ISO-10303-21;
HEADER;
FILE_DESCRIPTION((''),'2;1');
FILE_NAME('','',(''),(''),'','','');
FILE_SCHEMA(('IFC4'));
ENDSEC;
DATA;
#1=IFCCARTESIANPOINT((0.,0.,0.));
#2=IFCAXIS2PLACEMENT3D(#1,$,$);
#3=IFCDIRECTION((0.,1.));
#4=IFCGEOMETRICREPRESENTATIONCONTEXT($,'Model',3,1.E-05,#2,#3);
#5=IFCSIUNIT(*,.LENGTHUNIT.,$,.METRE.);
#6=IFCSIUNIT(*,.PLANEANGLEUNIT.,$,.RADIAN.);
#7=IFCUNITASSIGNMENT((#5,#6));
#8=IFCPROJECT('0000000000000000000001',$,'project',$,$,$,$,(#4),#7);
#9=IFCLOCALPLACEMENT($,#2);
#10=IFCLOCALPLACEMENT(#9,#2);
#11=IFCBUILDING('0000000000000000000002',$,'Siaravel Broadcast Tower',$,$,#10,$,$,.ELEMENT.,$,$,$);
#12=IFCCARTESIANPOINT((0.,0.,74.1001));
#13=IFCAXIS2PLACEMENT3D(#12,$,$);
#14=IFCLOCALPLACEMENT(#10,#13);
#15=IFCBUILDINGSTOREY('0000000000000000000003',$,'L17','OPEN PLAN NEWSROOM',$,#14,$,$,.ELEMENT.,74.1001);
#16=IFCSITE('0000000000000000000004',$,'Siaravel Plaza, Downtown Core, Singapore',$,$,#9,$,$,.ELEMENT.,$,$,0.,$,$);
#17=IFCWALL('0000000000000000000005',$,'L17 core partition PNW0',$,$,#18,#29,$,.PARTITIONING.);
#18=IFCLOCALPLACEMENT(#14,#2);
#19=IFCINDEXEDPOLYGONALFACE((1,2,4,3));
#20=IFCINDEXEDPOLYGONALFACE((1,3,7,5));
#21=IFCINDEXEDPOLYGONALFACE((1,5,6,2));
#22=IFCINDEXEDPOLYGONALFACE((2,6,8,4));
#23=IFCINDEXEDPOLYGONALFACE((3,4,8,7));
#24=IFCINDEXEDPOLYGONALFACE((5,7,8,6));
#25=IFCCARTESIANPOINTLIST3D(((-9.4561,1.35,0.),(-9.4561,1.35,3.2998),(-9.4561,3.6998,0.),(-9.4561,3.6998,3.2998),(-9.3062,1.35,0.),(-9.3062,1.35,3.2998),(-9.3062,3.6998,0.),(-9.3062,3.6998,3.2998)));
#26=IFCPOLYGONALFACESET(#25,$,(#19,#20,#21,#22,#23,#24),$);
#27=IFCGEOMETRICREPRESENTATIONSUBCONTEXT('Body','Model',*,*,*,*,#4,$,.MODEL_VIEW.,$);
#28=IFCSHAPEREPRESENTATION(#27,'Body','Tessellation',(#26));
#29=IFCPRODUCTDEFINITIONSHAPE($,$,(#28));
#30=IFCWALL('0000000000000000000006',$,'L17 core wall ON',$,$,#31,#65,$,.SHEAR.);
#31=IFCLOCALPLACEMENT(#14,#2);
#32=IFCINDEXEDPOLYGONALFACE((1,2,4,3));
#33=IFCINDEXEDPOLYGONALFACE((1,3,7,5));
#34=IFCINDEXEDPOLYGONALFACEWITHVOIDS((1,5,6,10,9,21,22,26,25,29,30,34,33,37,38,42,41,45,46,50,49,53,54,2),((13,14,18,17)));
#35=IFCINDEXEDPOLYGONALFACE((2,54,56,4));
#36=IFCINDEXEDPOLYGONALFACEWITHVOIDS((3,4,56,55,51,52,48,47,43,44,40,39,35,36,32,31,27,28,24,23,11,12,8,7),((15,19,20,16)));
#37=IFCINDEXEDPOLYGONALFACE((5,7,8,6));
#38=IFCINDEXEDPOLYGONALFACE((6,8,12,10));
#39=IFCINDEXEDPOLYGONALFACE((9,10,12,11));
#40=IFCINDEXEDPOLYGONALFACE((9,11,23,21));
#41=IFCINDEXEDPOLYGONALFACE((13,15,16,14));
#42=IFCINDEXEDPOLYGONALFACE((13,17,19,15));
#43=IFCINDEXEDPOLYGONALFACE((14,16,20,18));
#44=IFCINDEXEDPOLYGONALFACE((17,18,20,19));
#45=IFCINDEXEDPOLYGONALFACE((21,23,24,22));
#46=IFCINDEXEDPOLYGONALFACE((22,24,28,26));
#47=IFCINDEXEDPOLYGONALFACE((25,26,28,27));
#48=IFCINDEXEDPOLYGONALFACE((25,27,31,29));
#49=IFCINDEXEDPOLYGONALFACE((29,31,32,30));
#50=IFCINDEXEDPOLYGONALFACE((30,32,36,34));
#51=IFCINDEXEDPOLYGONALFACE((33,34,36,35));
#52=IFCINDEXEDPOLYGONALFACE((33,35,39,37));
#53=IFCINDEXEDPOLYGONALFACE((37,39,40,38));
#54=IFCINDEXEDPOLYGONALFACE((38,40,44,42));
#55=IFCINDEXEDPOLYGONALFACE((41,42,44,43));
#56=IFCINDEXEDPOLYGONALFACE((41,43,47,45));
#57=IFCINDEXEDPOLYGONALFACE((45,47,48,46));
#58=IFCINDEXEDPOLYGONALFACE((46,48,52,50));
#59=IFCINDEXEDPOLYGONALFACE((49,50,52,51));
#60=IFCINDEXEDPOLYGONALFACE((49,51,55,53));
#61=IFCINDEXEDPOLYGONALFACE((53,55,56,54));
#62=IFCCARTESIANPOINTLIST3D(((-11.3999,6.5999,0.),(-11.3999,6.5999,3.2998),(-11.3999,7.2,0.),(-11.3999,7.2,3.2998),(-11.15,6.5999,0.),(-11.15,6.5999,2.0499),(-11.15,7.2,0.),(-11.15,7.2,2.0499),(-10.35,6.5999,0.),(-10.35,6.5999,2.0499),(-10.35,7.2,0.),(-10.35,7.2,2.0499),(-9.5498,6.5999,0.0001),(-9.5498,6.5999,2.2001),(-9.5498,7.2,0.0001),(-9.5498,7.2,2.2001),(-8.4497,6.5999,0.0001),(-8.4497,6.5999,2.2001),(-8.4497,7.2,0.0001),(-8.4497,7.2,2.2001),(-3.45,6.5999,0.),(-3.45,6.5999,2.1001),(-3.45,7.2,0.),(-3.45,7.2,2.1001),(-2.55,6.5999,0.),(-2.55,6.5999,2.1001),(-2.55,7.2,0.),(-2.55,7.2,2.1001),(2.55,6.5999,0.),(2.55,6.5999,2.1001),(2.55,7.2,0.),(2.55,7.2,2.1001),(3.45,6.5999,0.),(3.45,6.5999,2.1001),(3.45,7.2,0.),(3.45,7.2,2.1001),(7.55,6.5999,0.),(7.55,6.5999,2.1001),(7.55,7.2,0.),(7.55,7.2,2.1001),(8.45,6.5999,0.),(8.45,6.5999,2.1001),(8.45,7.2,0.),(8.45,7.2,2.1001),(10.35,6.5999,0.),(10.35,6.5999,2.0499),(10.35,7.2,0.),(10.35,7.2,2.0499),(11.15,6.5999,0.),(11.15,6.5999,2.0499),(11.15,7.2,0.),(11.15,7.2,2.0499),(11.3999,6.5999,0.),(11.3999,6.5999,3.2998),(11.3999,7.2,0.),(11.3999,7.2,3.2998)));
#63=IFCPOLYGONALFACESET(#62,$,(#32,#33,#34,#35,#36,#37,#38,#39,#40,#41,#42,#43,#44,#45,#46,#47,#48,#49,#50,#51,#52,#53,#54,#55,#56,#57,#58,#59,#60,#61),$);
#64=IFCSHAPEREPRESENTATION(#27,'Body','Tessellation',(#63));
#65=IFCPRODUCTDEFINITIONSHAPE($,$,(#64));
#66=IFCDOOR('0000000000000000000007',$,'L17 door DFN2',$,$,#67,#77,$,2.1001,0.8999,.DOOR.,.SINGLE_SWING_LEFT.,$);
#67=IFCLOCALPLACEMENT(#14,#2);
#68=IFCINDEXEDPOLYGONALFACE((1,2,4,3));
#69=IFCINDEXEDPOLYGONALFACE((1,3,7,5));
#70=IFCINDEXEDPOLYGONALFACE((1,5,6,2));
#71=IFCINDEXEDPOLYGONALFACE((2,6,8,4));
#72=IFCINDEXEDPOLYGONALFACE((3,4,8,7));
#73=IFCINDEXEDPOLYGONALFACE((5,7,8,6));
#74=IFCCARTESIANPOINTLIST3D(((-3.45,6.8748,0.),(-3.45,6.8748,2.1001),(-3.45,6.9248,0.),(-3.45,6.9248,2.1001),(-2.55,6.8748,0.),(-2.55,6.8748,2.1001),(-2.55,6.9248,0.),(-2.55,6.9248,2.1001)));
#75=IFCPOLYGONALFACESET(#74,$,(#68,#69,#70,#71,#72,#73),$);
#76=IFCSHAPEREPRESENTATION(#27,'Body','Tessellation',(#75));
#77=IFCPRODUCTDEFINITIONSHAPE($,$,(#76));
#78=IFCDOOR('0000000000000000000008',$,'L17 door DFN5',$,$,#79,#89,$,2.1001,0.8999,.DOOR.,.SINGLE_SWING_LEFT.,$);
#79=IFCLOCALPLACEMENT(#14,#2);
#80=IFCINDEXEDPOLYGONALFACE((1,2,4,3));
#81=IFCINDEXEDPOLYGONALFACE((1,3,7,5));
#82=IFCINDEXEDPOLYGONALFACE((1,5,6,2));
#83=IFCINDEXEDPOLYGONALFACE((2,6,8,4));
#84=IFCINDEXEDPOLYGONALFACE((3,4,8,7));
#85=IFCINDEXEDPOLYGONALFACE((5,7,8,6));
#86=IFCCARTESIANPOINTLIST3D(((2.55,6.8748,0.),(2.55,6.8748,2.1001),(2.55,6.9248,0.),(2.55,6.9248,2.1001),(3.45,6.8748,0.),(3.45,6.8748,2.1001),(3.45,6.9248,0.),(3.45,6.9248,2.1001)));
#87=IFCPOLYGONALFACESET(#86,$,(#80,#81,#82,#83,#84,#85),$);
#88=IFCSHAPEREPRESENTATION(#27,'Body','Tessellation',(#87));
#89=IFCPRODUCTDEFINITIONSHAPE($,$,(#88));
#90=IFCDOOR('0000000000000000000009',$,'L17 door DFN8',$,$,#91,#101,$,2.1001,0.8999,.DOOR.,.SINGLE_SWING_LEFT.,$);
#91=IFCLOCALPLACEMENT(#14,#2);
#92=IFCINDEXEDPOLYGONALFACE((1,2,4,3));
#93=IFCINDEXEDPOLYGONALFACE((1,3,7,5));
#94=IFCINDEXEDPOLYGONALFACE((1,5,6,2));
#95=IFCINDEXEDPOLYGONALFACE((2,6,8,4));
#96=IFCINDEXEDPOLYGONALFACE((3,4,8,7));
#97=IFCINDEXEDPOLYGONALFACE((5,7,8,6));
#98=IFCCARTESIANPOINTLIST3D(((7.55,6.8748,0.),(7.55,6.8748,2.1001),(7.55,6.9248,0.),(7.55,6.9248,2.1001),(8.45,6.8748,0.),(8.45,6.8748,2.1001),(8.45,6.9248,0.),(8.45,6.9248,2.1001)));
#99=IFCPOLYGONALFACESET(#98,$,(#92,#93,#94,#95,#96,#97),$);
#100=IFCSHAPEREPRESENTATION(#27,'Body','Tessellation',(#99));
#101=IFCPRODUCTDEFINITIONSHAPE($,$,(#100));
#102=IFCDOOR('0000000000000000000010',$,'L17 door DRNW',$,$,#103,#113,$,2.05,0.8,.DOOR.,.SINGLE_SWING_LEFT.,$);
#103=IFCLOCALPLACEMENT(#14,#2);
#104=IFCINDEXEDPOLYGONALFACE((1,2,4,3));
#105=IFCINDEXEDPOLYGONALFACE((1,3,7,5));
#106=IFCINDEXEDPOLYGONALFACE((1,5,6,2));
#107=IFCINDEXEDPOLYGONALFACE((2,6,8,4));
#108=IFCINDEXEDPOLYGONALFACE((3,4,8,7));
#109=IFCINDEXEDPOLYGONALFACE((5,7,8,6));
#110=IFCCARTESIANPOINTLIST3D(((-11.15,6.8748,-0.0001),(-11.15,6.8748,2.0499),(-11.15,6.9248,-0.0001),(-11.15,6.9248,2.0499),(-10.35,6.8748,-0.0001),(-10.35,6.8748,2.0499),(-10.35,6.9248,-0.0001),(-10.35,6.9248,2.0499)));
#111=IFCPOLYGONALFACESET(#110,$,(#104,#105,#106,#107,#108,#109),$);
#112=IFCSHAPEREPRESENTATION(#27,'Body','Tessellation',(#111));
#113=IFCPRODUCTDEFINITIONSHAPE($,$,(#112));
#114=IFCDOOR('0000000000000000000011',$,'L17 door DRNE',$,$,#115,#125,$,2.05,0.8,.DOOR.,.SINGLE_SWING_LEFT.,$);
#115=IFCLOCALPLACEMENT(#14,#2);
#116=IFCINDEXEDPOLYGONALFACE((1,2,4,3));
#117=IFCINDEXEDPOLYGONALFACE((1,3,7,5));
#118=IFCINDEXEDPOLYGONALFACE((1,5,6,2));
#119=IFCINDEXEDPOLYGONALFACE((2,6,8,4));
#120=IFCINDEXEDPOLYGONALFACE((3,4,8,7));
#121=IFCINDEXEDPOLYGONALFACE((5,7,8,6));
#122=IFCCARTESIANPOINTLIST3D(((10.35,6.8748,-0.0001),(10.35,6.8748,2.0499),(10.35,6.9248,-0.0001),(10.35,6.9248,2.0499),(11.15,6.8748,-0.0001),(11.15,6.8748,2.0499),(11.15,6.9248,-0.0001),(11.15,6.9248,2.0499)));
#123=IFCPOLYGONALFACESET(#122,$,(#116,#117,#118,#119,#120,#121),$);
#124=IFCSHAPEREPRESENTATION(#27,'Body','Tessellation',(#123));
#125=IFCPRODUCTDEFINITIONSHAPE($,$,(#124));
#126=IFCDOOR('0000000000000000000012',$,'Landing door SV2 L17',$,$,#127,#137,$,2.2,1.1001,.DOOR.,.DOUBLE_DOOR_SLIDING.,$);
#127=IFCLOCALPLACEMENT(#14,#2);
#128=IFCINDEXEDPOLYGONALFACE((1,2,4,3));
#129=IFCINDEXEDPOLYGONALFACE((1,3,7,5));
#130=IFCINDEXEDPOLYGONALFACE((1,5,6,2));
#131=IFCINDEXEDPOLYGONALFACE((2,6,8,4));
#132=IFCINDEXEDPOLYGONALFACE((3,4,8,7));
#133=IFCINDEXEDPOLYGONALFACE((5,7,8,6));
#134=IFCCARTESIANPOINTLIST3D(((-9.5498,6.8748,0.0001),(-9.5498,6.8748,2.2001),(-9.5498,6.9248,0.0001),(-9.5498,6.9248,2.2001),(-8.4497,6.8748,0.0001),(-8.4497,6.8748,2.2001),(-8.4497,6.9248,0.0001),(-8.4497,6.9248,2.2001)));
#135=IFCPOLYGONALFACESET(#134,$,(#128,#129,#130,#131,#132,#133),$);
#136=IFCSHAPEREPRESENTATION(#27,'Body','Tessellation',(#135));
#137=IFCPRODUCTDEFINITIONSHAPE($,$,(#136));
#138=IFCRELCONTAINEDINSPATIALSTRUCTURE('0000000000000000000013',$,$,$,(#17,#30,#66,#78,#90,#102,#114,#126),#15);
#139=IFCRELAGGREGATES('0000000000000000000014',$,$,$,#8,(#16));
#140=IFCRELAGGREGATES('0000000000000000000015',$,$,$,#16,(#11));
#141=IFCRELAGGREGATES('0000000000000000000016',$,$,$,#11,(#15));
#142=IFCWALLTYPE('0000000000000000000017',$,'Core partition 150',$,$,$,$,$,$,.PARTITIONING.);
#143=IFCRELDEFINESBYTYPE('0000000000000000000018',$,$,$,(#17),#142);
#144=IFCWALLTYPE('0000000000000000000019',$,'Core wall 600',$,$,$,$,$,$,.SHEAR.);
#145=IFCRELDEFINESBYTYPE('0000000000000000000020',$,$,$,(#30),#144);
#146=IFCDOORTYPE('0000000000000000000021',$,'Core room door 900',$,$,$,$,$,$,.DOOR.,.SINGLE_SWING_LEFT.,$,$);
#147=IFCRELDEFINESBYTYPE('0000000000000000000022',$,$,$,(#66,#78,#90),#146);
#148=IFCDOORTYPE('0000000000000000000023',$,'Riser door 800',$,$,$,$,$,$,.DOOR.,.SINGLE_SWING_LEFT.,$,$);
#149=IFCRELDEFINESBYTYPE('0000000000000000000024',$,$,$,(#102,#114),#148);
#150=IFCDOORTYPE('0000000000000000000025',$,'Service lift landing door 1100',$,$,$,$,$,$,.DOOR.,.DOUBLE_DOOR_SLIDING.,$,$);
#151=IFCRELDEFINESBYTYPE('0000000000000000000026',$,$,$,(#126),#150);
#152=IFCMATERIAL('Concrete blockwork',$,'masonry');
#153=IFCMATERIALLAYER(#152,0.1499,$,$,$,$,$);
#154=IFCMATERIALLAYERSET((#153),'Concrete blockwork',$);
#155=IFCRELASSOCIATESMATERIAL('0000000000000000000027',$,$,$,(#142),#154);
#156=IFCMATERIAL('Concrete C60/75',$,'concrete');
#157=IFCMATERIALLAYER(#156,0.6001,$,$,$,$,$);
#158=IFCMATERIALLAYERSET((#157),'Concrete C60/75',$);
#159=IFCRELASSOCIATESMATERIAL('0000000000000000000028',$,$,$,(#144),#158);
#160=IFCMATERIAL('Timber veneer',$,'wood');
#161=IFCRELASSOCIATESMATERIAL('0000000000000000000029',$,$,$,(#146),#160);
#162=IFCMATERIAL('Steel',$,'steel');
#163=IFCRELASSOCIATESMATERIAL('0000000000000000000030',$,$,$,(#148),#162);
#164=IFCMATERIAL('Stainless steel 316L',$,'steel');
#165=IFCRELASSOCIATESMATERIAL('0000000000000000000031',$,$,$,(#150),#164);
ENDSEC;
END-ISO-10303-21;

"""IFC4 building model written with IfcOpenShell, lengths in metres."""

from ifc_helpers import new_model, si_unit, direction, frame, frame_2d, origin, place, context, subcontext, project, spatial, rectangle, extrude, material, layer, layer_set, type_object, element, fill, save


model = new_model("IFC4")

# Units and contexts
model_context = context("Model", 3, precision=1e-05, world=origin(), true_north=direction((0.0, 1.0)))
body_context = subcontext(model_context, "Body", "Model", "MODEL_VIEW")
ifc_project = project(units=[si_unit("LENGTHUNIT", "METRE"), si_unit("PLANEANGLEUNIT", "RADIAN")], contexts=[model_context])

# Site, building, storey
site_placement = place(None, origin())
site = spatial("IfcSite", under=ifc_project, at=site_placement, Name="Siaravel Plaza, Downtown Core, Singapore", CompositionType="ELEMENT", RefElevation=0.0)
building_placement = place(site_placement, origin())
building = spatial("IfcBuilding", under=site, at=building_placement, Name="Siaravel Broadcast Tower", CompositionType="ELEMENT")
storey_placement = place(building_placement, frame((0.0, 0.0, 74.1001)))
storey = spatial("IfcBuildingStorey", under=building, at=storey_placement, Name="L17", Description="OPEN PLAN NEWSROOM", CompositionType="ELEMENT", Elevation=74.1001)

# Wall
ifc_material_1 = material(Name="Concrete blockwork", Category="masonry")
ifc_layer_1 = layer(ifc_material_1, 0.1499)
ifc_layer_set_1 = layer_set([ifc_layer_1], Name="Concrete blockwork")
wall_type_1 = type_object("IfcWallType", Name="Core partition 150", PredefinedType="PARTITIONING", material=ifc_layer_set_1)
wall_1_placement = place(storey_placement, frame((-9.3811, 1.3501, 0.0), z_axis=(0.0, 0.0, 1.0), x_axis=(0.0, 1.0, 0.0)))
element("IfcWall", 1, at=wall_1_placement, inside=storey, type_object=wall_type_1, Name="L17 core partition PNW0", PredefinedType="PARTITIONING", context=body_context, shape_type="SweptSolid", body=[
    extrude(rectangle(XDim=2.3499, YDim=0.1499, at=frame_2d((1.1748, 0.0))), origin(), (0.0, 0.0, 1.0), 3.2998),
])

# Wall, openings, doors
ifc_material_2 = material(Name="Concrete C60/75", Category="concrete")
ifc_layer_2 = layer(ifc_material_2, 0.6001)
ifc_layer_set_2 = layer_set([ifc_layer_2], Name="Concrete C60/75")
wall_type_2 = type_object("IfcWallType", Name="Core wall 600", PredefinedType="SHEAR", material=ifc_layer_set_2)
wall_2_placement = place(storey_placement, frame((-11.3999, 6.8999, 0.0), z_axis=(0.0, 0.0, 1.0), x_axis=(1.0, 0.0, 0.0)))
wall_2 = element("IfcWall", 2, at=wall_2_placement, inside=storey, type_object=wall_type_2, Name="L17 core wall ON", PredefinedType="SHEAR", context=body_context, shape_type="SweptSolid", body=[
    extrude(rectangle(XDim=22.7998, YDim=0.6001, at=frame_2d((11.3999, 0.0))), origin(), (0.0, 0.0, 1.0), 3.2998),
])
opening_1_placement = place(wall_2_placement, frame((1.8501, 0.0, 0.0)))
opening_1 = element("IfcOpeningElement", 3, at=opening_1_placement, cuts=wall_2, PredefinedType="OPENING", context=body_context, shape_type="SweptSolid", body=[
    extrude(rectangle(XDim=1.1001, YDim=2.2, at=frame_2d((0.55, 1.1001))), frame((0.0, 0.3101, 0.0), z_axis=(0.0, -1.0, 0.0), x_axis=(1.0, 0.0, 0.0)), (0.0, 0.0, 1.0), 0.6201),
])
opening_2_placement = place(wall_2_placement, frame((7.95, 0.0, 0.0)))
opening_2 = element("IfcOpeningElement", 4, at=opening_2_placement, cuts=wall_2, PredefinedType="OPENING", context=body_context, shape_type="SweptSolid", body=[
    extrude(rectangle(XDim=0.8999, YDim=2.1001, at=frame_2d((0.45, 1.05))), frame((0.0, 0.3101, 0.0), z_axis=(0.0, -1.0, 0.0), x_axis=(1.0, 0.0, 0.0)), (0.0, 0.0, 1.0), 0.6201),
])
opening_3_placement = place(wall_2_placement, frame((13.95, 0.0, 0.0)))
opening_3 = element("IfcOpeningElement", 5, at=opening_3_placement, cuts=wall_2, PredefinedType="OPENING", context=body_context, shape_type="SweptSolid", body=[
    extrude(rectangle(XDim=0.8999, YDim=2.1001, at=frame_2d((0.45, 1.05))), frame((0.0, 0.3101, 0.0), z_axis=(0.0, -1.0, 0.0), x_axis=(1.0, 0.0, 0.0)), (0.0, 0.0, 1.0), 0.6201),
])
opening_4_placement = place(wall_2_placement, frame((18.95, 0.0, 0.0)))
opening_4 = element("IfcOpeningElement", 6, at=opening_4_placement, cuts=wall_2, PredefinedType="OPENING", context=body_context, shape_type="SweptSolid", body=[
    extrude(rectangle(XDim=0.8999, YDim=2.1001, at=frame_2d((0.45, 1.05))), frame((0.0, 0.3101, 0.0), z_axis=(0.0, -1.0, 0.0), x_axis=(1.0, 0.0, 0.0)), (0.0, 0.0, 1.0), 0.6201),
])
opening_5_placement = place(wall_2_placement, frame((0.25, 0.0, 0.0)))
opening_5 = element("IfcOpeningElement", 7, at=opening_5_placement, cuts=wall_2, PredefinedType="OPENING", context=body_context, shape_type="SweptSolid", body=[
    extrude(rectangle(XDim=0.8, YDim=2.05, at=frame_2d((0.3999, 1.0249))), frame((0.0, 0.3101, 0.0), z_axis=(0.0, -1.0, 0.0), x_axis=(1.0, 0.0, 0.0)), (0.0, 0.0, 1.0), 0.6201),
])
opening_6_placement = place(wall_2_placement, frame((21.75, 0.0, 0.0)))
opening_6 = element("IfcOpeningElement", 8, at=opening_6_placement, cuts=wall_2, PredefinedType="OPENING", context=body_context, shape_type="SweptSolid", body=[
    extrude(rectangle(XDim=0.8, YDim=2.05, at=frame_2d((0.3999, 1.0249))), frame((0.0, 0.3101, 0.0), z_axis=(0.0, -1.0, 0.0), x_axis=(1.0, 0.0, 0.0)), (0.0, 0.0, 1.0), 0.6201),
])
ifc_material_3 = material(Name="Timber veneer", Category="wood")
door_type_1 = type_object("IfcDoorType", Name="Core room door 900", OperationType="SINGLE_SWING_LEFT", PredefinedType="DOOR", material=ifc_material_3)
door_1_placement = place(opening_2_placement, origin())
door_1 = element("IfcDoor", 9, at=door_1_placement, inside=storey, type_object=door_type_1, Name="L17 door DFN2", OperationType="SINGLE_SWING_LEFT", OverallHeight=2.1001, OverallWidth=0.8999, PredefinedType="DOOR", context=body_context, shape_type="SweptSolid", body=[
    extrude(rectangle(XDim=0.8999, YDim=2.1001, at=frame_2d((0.45, 1.05))), frame((0.0, 0.0249, 0.0), z_axis=(0.0, -1.0, 0.0), x_axis=(1.0, 0.0, 0.0)), (0.0, 0.0, 1.0), 0.05),
])
fill(opening_2, door_1)
door_2_placement = place(opening_3_placement, origin())
door_2 = element("IfcDoor", 10, at=door_2_placement, inside=storey, type_object=door_type_1, Name="L17 door DFN5", OperationType="SINGLE_SWING_LEFT", OverallHeight=2.1001, OverallWidth=0.8999, PredefinedType="DOOR", context=body_context, shape_type="SweptSolid", body=[
    extrude(rectangle(XDim=0.8999, YDim=2.1001, at=frame_2d((0.45, 1.05))), frame((0.0, 0.0249, 0.0), z_axis=(0.0, -1.0, 0.0), x_axis=(1.0, 0.0, 0.0)), (0.0, 0.0, 1.0), 0.05),
])
fill(opening_3, door_2)
door_3_placement = place(opening_4_placement, origin())
door_3 = element("IfcDoor", 11, at=door_3_placement, inside=storey, type_object=door_type_1, Name="L17 door DFN8", OperationType="SINGLE_SWING_LEFT", OverallHeight=2.1001, OverallWidth=0.8999, PredefinedType="DOOR", context=body_context, shape_type="SweptSolid", body=[
    extrude(rectangle(XDim=0.8999, YDim=2.1001, at=frame_2d((0.45, 1.05))), frame((0.0, 0.0249, 0.0), z_axis=(0.0, -1.0, 0.0), x_axis=(1.0, 0.0, 0.0)), (0.0, 0.0, 1.0), 0.05),
])
fill(opening_4, door_3)
ifc_material_4 = material(Name="Steel", Category="steel")
door_type_2 = type_object("IfcDoorType", Name="Riser door 800", OperationType="SINGLE_SWING_LEFT", PredefinedType="DOOR", material=ifc_material_4)
door_4_placement = place(opening_5_placement, origin())
door_4 = element("IfcDoor", 12, at=door_4_placement, inside=storey, type_object=door_type_2, Name="L17 door DRNW", OperationType="SINGLE_SWING_LEFT", OverallHeight=2.05, OverallWidth=0.8, PredefinedType="DOOR", context=body_context, shape_type="SweptSolid", body=[
    extrude(rectangle(XDim=0.8, YDim=2.05, at=frame_2d((0.3999, 1.0249))), frame((0.0, 0.0249, 0.0), z_axis=(0.0, -1.0, 0.0), x_axis=(1.0, 0.0, 0.0)), (0.0, 0.0, 1.0), 0.05),
])
fill(opening_5, door_4)
door_5_placement = place(opening_6_placement, origin())
door_5 = element("IfcDoor", 13, at=door_5_placement, inside=storey, type_object=door_type_2, Name="L17 door DRNE", OperationType="SINGLE_SWING_LEFT", OverallHeight=2.05, OverallWidth=0.8, PredefinedType="DOOR", context=body_context, shape_type="SweptSolid", body=[
    extrude(rectangle(XDim=0.8, YDim=2.05, at=frame_2d((0.3999, 1.0249))), frame((0.0, 0.0249, 0.0), z_axis=(0.0, -1.0, 0.0), x_axis=(1.0, 0.0, 0.0)), (0.0, 0.0, 1.0), 0.05),
])
fill(opening_6, door_5)
ifc_material_5 = material(Name="Stainless steel 316L", Category="steel")
door_type_3 = type_object("IfcDoorType", Name="Service lift landing door 1100", OperationType="DOUBLE_DOOR_SLIDING", PredefinedType="DOOR", material=ifc_material_5)
door_6_placement = place(opening_1_placement, origin())
door_6 = element("IfcDoor", 14, at=door_6_placement, inside=storey, type_object=door_type_3, Name="Landing door SV2 L17", OperationType="DOUBLE_DOOR_SLIDING", OverallHeight=2.2, OverallWidth=1.1001, PredefinedType="DOOR", context=body_context, shape_type="SweptSolid", body=[
    extrude(rectangle(XDim=1.1001, YDim=2.2, at=frame_2d((0.55, 1.1001))), frame((0.0, 0.0249, 0.0), z_axis=(0.0, -1.0, 0.0), x_axis=(1.0, 0.0, 0.0)), (0.0, 0.0, 1.0), 0.05),
])
fill(opening_1, door_6)

save(model, "model.ifc")
